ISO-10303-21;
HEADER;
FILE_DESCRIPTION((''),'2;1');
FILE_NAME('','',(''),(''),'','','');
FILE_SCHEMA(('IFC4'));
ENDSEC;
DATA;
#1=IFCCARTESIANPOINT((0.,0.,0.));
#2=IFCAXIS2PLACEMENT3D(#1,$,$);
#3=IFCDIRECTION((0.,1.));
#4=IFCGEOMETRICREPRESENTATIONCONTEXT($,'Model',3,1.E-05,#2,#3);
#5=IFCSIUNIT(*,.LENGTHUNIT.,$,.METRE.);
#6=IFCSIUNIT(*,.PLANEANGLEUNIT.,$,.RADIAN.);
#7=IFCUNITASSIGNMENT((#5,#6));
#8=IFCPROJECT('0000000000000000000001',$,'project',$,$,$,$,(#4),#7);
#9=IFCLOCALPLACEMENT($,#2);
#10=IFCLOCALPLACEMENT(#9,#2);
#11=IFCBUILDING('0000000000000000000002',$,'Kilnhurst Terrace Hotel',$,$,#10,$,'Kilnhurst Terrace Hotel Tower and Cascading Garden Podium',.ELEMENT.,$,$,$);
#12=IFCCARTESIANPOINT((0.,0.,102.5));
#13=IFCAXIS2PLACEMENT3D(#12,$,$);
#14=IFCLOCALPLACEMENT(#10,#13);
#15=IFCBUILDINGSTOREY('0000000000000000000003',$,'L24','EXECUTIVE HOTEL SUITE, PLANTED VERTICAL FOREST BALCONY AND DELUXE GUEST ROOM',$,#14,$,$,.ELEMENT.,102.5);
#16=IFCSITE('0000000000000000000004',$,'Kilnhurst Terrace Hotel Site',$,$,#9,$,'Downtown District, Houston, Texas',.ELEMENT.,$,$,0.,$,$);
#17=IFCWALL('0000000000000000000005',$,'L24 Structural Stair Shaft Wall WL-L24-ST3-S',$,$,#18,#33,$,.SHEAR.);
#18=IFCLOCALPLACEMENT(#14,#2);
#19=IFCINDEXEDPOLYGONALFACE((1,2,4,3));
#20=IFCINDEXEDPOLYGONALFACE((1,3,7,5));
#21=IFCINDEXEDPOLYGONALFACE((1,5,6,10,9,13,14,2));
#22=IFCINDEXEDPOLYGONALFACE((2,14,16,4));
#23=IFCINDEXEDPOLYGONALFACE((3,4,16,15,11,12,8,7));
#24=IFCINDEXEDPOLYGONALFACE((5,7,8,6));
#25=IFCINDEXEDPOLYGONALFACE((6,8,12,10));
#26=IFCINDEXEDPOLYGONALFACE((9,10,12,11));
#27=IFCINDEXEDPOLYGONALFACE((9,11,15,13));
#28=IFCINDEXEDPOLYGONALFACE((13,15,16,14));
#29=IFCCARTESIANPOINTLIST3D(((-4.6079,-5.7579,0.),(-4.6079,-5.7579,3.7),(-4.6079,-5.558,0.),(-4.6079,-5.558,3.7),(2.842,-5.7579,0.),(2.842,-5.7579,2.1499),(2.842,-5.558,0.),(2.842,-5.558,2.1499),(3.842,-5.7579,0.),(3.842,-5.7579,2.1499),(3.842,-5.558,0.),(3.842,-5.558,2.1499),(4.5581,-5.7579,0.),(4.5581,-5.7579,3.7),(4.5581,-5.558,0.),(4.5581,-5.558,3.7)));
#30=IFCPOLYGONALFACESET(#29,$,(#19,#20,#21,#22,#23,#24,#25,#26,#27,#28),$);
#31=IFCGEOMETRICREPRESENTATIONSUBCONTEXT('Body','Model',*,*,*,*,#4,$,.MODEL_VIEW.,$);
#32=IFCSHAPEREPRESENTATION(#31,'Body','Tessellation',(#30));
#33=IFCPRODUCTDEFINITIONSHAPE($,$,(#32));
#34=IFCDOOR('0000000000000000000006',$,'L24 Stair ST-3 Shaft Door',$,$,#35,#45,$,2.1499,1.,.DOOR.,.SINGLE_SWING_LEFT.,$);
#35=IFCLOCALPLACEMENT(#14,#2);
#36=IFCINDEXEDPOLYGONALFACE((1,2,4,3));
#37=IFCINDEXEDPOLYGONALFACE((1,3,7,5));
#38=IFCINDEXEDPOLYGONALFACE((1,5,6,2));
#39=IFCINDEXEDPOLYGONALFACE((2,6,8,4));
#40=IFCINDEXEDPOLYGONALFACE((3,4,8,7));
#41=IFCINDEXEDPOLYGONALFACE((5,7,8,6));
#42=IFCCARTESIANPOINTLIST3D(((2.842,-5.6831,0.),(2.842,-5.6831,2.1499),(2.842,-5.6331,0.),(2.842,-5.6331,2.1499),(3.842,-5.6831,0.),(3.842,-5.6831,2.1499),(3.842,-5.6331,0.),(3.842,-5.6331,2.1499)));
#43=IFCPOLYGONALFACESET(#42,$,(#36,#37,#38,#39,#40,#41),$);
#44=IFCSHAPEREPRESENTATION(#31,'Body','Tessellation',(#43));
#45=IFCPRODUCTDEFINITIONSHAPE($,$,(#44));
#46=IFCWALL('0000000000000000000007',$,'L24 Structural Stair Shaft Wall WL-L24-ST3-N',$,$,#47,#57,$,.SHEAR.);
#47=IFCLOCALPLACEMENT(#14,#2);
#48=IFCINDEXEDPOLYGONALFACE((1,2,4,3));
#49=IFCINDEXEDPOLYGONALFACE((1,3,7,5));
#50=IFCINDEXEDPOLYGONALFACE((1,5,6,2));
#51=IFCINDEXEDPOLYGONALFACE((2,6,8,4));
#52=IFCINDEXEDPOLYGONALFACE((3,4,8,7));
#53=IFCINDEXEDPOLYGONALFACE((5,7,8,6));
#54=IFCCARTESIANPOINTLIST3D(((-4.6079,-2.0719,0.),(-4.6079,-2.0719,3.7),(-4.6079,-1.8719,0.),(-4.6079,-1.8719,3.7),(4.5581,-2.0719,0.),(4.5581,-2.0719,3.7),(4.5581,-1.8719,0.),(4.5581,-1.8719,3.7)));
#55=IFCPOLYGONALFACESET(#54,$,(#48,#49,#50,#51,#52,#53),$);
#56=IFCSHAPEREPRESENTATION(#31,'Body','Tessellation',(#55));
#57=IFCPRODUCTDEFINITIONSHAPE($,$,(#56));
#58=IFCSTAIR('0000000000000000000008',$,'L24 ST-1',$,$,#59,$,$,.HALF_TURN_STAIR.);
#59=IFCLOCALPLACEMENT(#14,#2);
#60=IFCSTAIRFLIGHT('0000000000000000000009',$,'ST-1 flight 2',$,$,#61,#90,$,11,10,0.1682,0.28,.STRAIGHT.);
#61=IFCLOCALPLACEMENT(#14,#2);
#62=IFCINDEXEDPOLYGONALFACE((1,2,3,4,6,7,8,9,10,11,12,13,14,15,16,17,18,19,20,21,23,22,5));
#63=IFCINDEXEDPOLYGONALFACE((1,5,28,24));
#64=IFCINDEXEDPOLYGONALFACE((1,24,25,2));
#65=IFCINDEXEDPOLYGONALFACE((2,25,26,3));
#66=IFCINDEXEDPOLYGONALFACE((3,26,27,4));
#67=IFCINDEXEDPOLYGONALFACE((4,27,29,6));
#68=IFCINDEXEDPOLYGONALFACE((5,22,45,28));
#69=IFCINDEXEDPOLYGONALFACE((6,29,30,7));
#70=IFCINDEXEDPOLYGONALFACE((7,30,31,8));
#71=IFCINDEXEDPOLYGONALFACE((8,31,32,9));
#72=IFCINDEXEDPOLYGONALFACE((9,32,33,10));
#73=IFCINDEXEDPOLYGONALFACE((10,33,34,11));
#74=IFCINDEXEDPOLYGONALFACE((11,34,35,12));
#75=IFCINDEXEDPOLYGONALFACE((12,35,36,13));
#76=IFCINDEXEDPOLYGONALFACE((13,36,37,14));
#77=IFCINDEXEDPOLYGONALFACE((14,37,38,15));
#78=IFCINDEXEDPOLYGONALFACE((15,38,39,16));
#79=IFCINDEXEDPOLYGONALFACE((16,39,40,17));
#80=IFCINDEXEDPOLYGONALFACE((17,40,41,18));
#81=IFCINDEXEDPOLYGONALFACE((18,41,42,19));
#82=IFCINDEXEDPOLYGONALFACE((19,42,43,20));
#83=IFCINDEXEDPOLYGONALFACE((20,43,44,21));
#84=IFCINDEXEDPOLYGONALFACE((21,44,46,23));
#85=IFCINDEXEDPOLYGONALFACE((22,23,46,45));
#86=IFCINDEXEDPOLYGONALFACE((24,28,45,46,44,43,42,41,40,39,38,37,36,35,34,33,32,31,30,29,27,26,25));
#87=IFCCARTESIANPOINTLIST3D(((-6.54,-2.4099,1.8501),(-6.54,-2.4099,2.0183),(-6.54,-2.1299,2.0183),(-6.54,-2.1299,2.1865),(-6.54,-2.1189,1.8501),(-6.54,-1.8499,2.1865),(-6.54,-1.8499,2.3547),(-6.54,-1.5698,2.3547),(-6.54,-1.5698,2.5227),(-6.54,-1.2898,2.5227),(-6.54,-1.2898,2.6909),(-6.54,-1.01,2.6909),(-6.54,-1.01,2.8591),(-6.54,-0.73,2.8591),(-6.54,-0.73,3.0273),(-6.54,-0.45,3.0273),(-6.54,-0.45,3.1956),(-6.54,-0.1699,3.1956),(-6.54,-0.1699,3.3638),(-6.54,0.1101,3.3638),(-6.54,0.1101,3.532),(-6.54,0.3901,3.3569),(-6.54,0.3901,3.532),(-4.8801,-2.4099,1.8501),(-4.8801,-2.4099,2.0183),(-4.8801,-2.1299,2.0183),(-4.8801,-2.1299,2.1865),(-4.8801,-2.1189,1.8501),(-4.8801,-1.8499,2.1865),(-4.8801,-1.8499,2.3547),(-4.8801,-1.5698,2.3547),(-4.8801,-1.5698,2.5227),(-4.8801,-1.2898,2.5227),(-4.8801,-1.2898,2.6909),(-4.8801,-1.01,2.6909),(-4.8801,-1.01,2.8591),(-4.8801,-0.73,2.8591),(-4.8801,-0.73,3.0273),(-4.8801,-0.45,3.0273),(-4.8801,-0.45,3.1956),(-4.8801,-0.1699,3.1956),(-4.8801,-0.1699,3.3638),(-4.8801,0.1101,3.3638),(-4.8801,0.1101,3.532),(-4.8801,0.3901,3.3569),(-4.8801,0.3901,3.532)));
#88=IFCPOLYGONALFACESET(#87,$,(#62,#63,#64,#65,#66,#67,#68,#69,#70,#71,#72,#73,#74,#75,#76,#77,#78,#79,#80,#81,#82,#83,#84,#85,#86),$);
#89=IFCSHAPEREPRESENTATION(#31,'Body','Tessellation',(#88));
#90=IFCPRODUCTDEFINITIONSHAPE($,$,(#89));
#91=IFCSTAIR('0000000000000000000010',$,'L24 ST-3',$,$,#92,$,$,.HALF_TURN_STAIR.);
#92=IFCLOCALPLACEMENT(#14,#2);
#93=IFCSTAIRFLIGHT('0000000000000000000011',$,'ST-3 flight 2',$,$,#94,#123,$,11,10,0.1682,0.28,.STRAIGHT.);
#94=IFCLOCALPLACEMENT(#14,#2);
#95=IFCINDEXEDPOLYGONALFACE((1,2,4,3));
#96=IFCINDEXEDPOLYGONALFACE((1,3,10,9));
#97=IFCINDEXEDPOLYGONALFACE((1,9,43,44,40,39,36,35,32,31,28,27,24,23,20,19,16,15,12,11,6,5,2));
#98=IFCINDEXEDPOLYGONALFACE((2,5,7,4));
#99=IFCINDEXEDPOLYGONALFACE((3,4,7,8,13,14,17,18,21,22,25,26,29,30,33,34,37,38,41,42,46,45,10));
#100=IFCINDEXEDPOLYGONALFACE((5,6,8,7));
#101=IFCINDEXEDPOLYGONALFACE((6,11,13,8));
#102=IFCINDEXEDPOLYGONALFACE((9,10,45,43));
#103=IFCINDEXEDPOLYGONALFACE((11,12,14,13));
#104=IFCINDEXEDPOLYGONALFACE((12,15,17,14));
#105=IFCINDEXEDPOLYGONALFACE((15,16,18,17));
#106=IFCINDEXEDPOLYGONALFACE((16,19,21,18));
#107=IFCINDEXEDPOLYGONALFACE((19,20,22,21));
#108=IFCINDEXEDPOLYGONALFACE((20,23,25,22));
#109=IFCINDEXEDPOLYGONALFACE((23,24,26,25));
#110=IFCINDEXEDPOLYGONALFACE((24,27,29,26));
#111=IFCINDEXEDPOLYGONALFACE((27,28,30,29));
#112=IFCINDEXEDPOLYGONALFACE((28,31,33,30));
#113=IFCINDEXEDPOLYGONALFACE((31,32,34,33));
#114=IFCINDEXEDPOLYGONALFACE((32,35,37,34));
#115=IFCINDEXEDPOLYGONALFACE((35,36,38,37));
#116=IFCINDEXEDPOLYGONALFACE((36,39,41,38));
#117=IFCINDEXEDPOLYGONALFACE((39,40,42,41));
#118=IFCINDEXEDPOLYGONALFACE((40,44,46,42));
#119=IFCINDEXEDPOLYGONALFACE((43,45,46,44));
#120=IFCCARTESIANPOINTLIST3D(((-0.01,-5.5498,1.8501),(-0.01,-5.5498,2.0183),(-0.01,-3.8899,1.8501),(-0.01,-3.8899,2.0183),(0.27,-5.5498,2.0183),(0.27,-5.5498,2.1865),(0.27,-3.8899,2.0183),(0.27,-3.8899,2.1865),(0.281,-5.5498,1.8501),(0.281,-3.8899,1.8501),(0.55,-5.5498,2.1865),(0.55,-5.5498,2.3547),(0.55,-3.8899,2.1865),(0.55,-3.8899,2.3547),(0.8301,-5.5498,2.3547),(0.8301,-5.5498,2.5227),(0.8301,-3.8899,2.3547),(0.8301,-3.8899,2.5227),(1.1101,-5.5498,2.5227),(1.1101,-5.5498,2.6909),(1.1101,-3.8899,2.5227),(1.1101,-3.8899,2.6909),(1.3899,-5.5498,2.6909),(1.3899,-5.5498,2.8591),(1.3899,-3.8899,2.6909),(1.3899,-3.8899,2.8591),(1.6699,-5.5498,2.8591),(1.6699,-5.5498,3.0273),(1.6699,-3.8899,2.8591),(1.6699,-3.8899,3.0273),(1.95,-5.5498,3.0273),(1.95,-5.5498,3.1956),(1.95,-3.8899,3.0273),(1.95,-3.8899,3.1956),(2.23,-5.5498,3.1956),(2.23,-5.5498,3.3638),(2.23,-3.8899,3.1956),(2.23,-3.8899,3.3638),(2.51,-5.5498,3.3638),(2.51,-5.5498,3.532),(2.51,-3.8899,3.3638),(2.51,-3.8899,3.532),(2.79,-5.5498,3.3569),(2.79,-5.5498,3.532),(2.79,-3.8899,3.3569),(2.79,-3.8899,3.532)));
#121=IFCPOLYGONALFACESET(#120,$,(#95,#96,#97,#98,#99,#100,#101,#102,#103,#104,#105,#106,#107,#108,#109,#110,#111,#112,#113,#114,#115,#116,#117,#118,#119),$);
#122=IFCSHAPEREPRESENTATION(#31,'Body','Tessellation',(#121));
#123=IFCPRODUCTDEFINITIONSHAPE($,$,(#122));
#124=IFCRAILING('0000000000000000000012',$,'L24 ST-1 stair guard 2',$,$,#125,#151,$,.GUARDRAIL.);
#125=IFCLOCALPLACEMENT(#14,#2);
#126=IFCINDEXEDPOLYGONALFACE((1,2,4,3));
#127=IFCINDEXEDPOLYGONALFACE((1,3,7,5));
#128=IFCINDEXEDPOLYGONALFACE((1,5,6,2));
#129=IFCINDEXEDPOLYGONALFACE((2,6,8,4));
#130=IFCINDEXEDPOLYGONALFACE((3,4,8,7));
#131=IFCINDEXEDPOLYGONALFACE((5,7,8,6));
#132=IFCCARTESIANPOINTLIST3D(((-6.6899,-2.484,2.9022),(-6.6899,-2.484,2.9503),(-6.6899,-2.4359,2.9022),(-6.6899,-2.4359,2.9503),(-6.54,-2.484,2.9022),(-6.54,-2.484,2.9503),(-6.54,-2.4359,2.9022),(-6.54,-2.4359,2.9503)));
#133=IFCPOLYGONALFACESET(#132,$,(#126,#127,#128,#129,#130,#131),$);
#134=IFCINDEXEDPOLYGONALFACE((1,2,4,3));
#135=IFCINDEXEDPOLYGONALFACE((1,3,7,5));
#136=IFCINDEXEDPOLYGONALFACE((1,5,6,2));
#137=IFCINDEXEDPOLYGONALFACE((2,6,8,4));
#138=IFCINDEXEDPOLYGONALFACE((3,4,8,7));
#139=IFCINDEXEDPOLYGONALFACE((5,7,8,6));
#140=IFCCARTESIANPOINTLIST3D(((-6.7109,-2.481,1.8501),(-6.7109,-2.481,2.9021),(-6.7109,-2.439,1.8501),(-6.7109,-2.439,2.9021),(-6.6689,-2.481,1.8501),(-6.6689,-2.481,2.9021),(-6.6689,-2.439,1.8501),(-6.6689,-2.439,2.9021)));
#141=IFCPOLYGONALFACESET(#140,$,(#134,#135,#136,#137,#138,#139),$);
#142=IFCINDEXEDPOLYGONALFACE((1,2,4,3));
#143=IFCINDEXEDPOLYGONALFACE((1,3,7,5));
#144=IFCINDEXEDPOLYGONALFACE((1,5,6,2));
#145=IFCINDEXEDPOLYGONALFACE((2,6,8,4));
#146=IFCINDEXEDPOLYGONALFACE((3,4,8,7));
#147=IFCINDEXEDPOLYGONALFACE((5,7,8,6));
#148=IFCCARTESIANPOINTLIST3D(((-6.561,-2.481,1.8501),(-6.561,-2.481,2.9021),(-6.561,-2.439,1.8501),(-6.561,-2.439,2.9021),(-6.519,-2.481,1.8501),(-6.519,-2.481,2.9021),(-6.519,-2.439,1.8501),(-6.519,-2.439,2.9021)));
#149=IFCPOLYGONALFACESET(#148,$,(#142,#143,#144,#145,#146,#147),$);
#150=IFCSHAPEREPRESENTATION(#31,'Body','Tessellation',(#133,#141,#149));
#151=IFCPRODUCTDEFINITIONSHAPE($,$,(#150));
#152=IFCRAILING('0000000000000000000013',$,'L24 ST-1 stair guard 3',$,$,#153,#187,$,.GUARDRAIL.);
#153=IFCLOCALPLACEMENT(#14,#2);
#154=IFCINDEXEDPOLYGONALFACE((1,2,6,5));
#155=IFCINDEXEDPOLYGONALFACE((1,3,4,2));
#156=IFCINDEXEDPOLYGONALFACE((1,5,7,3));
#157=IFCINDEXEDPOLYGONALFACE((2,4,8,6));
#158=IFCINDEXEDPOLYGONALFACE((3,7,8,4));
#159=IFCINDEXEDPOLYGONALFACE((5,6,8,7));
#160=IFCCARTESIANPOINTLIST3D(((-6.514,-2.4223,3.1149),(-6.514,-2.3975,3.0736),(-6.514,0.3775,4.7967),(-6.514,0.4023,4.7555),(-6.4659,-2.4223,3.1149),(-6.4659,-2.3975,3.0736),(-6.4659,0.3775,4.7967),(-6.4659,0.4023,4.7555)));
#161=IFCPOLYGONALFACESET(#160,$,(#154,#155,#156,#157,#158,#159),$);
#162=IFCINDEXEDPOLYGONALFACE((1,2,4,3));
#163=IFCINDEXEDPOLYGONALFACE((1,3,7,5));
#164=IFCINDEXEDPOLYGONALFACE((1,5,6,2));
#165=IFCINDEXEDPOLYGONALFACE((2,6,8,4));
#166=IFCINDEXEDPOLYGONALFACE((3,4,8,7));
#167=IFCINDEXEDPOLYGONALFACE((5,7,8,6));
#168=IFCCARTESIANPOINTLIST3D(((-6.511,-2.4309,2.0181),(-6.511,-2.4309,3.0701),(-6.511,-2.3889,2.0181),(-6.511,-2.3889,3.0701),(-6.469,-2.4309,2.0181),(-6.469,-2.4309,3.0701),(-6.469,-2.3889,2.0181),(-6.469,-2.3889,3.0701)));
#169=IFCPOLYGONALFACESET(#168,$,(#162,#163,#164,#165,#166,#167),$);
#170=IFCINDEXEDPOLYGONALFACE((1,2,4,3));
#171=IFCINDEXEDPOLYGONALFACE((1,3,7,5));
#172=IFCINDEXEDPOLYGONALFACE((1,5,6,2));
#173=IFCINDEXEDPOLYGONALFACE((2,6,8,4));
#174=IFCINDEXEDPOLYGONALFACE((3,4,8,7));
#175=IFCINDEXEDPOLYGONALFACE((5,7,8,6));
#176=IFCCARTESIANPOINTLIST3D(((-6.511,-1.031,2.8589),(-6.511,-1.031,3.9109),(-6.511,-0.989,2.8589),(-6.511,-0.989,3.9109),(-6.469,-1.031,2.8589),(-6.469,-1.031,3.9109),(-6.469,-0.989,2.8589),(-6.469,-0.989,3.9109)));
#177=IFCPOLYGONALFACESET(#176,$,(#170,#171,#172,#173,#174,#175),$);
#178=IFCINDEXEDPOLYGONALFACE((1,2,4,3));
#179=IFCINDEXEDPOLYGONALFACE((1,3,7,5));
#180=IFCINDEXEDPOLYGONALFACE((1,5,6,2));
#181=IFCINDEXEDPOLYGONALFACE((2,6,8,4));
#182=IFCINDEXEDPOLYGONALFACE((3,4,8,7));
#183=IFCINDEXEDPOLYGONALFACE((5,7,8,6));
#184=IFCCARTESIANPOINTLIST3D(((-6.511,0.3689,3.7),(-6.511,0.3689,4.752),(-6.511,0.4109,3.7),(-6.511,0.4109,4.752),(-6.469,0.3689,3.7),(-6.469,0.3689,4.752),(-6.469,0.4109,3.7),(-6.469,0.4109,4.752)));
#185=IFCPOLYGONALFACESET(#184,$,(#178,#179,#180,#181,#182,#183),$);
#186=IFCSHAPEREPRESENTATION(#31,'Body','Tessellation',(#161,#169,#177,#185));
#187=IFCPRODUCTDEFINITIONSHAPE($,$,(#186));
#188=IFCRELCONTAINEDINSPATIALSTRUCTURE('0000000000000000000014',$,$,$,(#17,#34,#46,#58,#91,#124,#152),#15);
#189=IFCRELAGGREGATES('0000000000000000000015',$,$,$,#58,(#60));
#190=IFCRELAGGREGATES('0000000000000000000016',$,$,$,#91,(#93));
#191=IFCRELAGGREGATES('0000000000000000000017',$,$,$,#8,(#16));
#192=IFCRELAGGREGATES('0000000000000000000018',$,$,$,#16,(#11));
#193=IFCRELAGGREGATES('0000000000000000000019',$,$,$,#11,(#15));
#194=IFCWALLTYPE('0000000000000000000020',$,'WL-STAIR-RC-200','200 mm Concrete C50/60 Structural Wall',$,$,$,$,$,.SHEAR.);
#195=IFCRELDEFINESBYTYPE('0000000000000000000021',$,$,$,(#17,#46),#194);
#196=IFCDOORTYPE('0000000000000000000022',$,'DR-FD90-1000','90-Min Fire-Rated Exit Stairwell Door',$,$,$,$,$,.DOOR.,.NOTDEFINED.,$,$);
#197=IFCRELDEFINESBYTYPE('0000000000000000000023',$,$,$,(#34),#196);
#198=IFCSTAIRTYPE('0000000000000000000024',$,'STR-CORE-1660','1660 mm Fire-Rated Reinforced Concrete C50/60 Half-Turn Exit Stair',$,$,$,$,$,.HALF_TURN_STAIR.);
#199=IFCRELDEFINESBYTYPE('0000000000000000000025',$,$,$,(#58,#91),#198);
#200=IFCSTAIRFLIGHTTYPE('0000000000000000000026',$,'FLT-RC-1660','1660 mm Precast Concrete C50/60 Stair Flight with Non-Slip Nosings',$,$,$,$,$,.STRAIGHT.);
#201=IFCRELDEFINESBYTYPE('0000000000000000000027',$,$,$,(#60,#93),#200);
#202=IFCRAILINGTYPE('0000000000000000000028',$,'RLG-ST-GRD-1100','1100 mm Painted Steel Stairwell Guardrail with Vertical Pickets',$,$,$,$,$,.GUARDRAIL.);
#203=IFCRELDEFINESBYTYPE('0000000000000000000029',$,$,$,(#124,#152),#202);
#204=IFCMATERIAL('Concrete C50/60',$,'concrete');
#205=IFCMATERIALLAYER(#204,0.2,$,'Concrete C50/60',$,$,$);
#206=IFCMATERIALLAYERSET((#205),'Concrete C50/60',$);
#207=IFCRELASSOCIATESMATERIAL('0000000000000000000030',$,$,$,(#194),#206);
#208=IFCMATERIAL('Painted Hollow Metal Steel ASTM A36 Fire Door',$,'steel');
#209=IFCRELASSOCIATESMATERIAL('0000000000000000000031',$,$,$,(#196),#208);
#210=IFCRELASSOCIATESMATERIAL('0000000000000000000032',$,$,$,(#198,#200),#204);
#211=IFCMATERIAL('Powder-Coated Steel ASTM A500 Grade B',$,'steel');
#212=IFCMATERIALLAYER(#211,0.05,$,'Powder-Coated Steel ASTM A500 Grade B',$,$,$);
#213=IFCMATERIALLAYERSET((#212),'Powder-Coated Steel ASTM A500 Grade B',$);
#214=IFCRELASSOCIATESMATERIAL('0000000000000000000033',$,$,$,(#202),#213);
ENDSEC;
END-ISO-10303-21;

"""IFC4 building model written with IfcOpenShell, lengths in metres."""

from ifc_helpers import new_model, si_unit, direction, frame, frame_2d, origin, origin_2d, place, context, subcontext, project, spatial, polyline, rectangle, outline, extrude, material, layer, layer_set, type_object, element, fill, aggregate, save


model = new_model("IFC4")

# Units and contexts
model_context = context("Model", 3, precision=1e-05, world=origin(), true_north=direction((0.0, 1.0)))
body_context = subcontext(model_context, "Body", "Model", "MODEL_VIEW")
ifc_project = project(units=[si_unit("LENGTHUNIT", "METRE"), si_unit("PLANEANGLEUNIT", "RADIAN")], contexts=[model_context])

# Site, building, storey
site_placement = place(None, origin())
site = spatial("IfcSite", under=ifc_project, at=site_placement, Name="Kilnhurst Terrace Hotel Site", LongName="Downtown District, Houston, Texas", CompositionType="ELEMENT", RefElevation=0.0)
building_placement = place(site_placement, origin())
building = spatial("IfcBuilding", under=site, at=building_placement, Name="Kilnhurst Terrace Hotel", LongName="Kilnhurst Terrace Hotel Tower and Cascading Garden Podium", CompositionType="ELEMENT")
storey_placement = place(building_placement, frame((0.0, 0.0, 102.5)))
storey = spatial("IfcBuildingStorey", under=building, at=storey_placement, Name="L24", Description="EXECUTIVE HOTEL SUITE, PLANTED VERTICAL FOREST BALCONY AND DELUXE GUEST ROOM", CompositionType="ELEMENT", Elevation=102.5)

# Shared definitions
ifc_material_1 = material(Name="Concrete C50/60", Category="concrete")

# Shared definitions
ifc_material_2 = material(Name="Painted Hollow Metal Steel ASTM A36 Fire Door", Category="steel")

# Shared definitions
ifc_layer_1 = layer(ifc_material_1, 0.2, Name="Concrete C50/60")
ifc_layer_set_1 = layer_set([ifc_layer_1], Name="Concrete C50/60")
wall_type_1 = type_object("IfcWallType", Name="WL-STAIR-RC-200", Description="200 mm Concrete C50/60 Structural Wall", PredefinedType="SHEAR", material=ifc_layer_set_1)

# Wall, opening, door
wall_1_placement = place(storey_placement, frame((-4.6079, -5.658, 0.0), z_axis=(0.0, 0.0, 1.0), x_axis=(1.0, 0.0, 0.0)))
wall_1 = element("IfcWall", 1, at=wall_1_placement, inside=storey, type_object=wall_type_1, Name="L24 Structural Stair Shaft Wall WL-L24-ST3-S", PredefinedType="SHEAR", context=body_context, shape_type="SweptSolid", body=[
    extrude(rectangle(XDim=9.166, YDim=0.2, at=frame_2d((4.583, 0.0))), origin(), (0.0, 0.0, 1.0), 3.7),
])
opening_1_placement = place(wall_1_placement, frame((7.45, 0.0, 0.0)))
opening_1 = element("IfcOpeningElement", 2, at=opening_1_placement, cuts=wall_1, PredefinedType="OPENING", context=body_context, shape_type="SweptSolid", body=[
    extrude(rectangle(XDim=1.0, YDim=2.1499, at=frame_2d((0.5, 1.075))), frame((0.0, 0.1099, 0.0), z_axis=(0.0, -1.0, 0.0), x_axis=(1.0, 0.0, 0.0)), (0.0, 0.0, 1.0), 0.22),
])
door_type_1 = type_object("IfcDoorType", Name="DR-FD90-1000", Description="90-Min Fire-Rated Exit Stairwell Door", OperationType="NOTDEFINED", PredefinedType="DOOR", material=ifc_material_2)
door_1_placement = place(opening_1_placement, origin())
door_1 = element("IfcDoor", 3, at=door_1_placement, inside=storey, type_object=door_type_1, Name="L24 Stair ST-3 Shaft Door", OperationType="SINGLE_SWING_LEFT", OverallHeight=2.1499, OverallWidth=1.0, PredefinedType="DOOR", context=body_context, shape_type="SweptSolid", body=[
    extrude(rectangle(XDim=1.0, YDim=2.1499, at=frame_2d((0.5, 1.075))), frame((0.0, 0.0249, 0.0), z_axis=(0.0, -1.0, 0.0), x_axis=(1.0, 0.0, 0.0)), (0.0, 0.0, 1.0), 0.05),
])
fill(opening_1, door_1)

# Wall
wall_2_placement = place(storey_placement, frame((-4.6079, -1.9719, 0.0), z_axis=(0.0, 0.0, 1.0), x_axis=(1.0, 0.0, 0.0)))
element("IfcWall", 4, at=wall_2_placement, inside=storey, type_object=wall_type_1, Name="L24 Structural Stair Shaft Wall WL-L24-ST3-N", PredefinedType="SHEAR", context=body_context, shape_type="SweptSolid", body=[
    extrude(rectangle(XDim=9.166, YDim=0.2, at=frame_2d((4.583, 0.0))), origin(), (0.0, 0.0, 1.0), 3.7),
])

# Stairs, stair flights
stair_type = type_object("IfcStairType", Name="STR-CORE-1660", Description="1660 mm Fire-Rated Reinforced Concrete C50/60 Half-Turn Exit Stair", PredefinedType="HALF_TURN_STAIR", material=ifc_material_1)
stair_1_placement = place(storey_placement, origin())
stair_1 = element("IfcStair", 5, at=stair_1_placement, inside=storey, type_object=stair_type, Name="L24 ST-1", PredefinedType="HALF_TURN_STAIR")
stair_flight_type = type_object("IfcStairFlightType", Name="FLT-RC-1660", Description="1660 mm Precast Concrete C50/60 Stair Flight with Non-Slip Nosings", PredefinedType="STRAIGHT", material=ifc_material_1)
stair_flight_1_placement = place(storey_placement, frame((-5.71, -2.4099, 1.8501), z_axis=(0.0, 0.0, 1.0), x_axis=(0.0, 1.0, 0.0)))
stair_flight_1 = element("IfcStairFlight", 6, at=stair_flight_1_placement, type_object=stair_flight_type, Name="ST-1 flight 2", NumberOfRisers=11, NumberOfTreads=10, PredefinedType="STRAIGHT", RiserHeight=0.1682, TreadLength=0.28, context=body_context, shape_type="SweptSolid", body=[
    extrude(outline(polyline([(0.0, 0.0), (0.0, 0.1682), (0.28, 0.1682), (0.28, 0.3364), (0.5601, 0.3364), (0.5601, 0.5046), (0.8401, 0.5046), (0.8401, 0.6726), (1.1201, 0.6726), (1.1201, 0.8408), (1.3999, 0.8408), (1.3999, 1.009), (1.6799, 1.009), (1.6799, 1.1772), (1.96, 1.1772), (1.96, 1.3455), (2.24, 1.3455), (2.24, 1.5137), (2.52, 1.5137), (2.52, 1.6819), (2.8, 1.6819), (2.8, 1.8501), (2.8, 1.5068), (0.291, 0.0), (0.0, 0.0)])), frame((0.0, 0.8301, 0.0), z_axis=(0.0, -1.0, 0.0), x_axis=(1.0, 0.0, 0.0)), (0.0, 0.0, 1.0), 1.6599),
])
aggregate(stair_1, [stair_flight_1])
stair_2_placement = place(storey_placement, origin())
stair_2 = element("IfcStair", 7, at=stair_2_placement, inside=storey, type_object=stair_type, Name="L24 ST-3", PredefinedType="HALF_TURN_STAIR")
stair_flight_2_placement = place(storey_placement, frame((-0.01, -4.72, 1.8501), z_axis=(0.0, 0.0, 1.0), x_axis=(1.0, 0.0, 0.0)))
stair_flight_2 = element("IfcStairFlight", 8, at=stair_flight_2_placement, type_object=stair_flight_type, Name="ST-3 flight 2", NumberOfRisers=11, NumberOfTreads=10, PredefinedType="STRAIGHT", RiserHeight=0.1682, TreadLength=0.28, context=body_context, shape_type="SweptSolid", body=[
    extrude(outline(polyline([(0.0, 0.0), (0.0, 0.1682), (0.28, 0.1682), (0.28, 0.3364), (0.5601, 0.3364), (0.5601, 0.5046), (0.8401, 0.5046), (0.8401, 0.6726), (1.1201, 0.6726), (1.1201, 0.8408), (1.3999, 0.8408), (1.3999, 1.009), (1.6799, 1.009), (1.6799, 1.1772), (1.96, 1.1772), (1.96, 1.3455), (2.24, 1.3455), (2.24, 1.5137), (2.52, 1.5137), (2.52, 1.6819), (2.8, 1.6819), (2.8, 1.8501), (2.8, 1.5068), (0.291, 0.0), (0.0, 0.0)])), frame((0.0, 0.8301, 0.0), z_axis=(0.0, -1.0, 0.0), x_axis=(1.0, 0.0, 0.0)), (0.0, 0.0, 1.0), 1.6599),
])
aggregate(stair_2, [stair_flight_2])

# Railings
ifc_material_3 = material(Name="Powder-Coated Steel ASTM A500 Grade B", Category="steel")
ifc_layer_2 = layer(ifc_material_3, 0.05, Name="Powder-Coated Steel ASTM A500 Grade B")
ifc_layer_set_2 = layer_set([ifc_layer_2], Name="Powder-Coated Steel ASTM A500 Grade B")
railing_type_1 = type_object("IfcRailingType", Name="RLG-ST-GRD-1100", Description="1100 mm Painted Steel Stairwell Guardrail with Vertical Pickets", PredefinedType="GUARDRAIL", material=ifc_layer_set_2)
railing_1_placement = place(storey_placement, frame((-6.6899, -2.46, 1.8501)))
element("IfcRailing", 9, at=railing_1_placement, inside=storey, type_object=railing_type_1, Name="L24 ST-1 stair guard 2", PredefinedType="GUARDRAIL", context=body_context, shape_type="SweptSolid", body=[
    extrude(rectangle(XDim=0.0481, YDim=0.0481, at=origin_2d()), frame((0.0, 0.0, 1.0762), z_axis=(1.0, 0.0, 0.0), x_axis=(0.0, 1.0, 0.0)), (0.0, 0.0, 1.0), 0.1499),
    extrude(rectangle(XDim=0.042, YDim=0.042, at=origin_2d()), origin(), (0.0, 0.0, 1.0), 1.052),
    extrude(rectangle(XDim=0.042, YDim=0.042, at=origin_2d()), frame((0.1499, 0.0, 0.0)), (0.0, 0.0, 1.0), 1.052),
])
railing_2_placement = place(storey_placement, frame((-6.49, -2.4099, 2.0181)))
element("IfcRailing", 10, at=railing_2_placement, inside=storey, type_object=railing_type_1, Name="L24 ST-1 stair guard 3", PredefinedType="GUARDRAIL", context=body_context, shape_type="SweptSolid", body=[
    extrude(rectangle(XDim=0.0481, YDim=0.0481, at=origin_2d()), frame((0.0, 0.0, 1.0762), z_axis=(0.0, 0.857222, 0.514946), x_axis=(-1.0, 0.0, 0.0)), (0.0, 0.0, 1.0), 3.2661),
    extrude(rectangle(XDim=0.042, YDim=0.042, at=origin_2d()), origin(), (0.0, 0.0, 1.0), 1.052),
    extrude(rectangle(XDim=0.042, YDim=0.042, at=origin_2d()), frame((0.0, 1.3999, 0.8408)), (0.0, 0.0, 1.0), 1.052),
    extrude(rectangle(XDim=0.042, YDim=0.042, at=origin_2d()), frame((0.0, 2.7998, 1.6819)), (0.0, 0.0, 1.0), 1.052),
])

save(model, "model.ifc")
